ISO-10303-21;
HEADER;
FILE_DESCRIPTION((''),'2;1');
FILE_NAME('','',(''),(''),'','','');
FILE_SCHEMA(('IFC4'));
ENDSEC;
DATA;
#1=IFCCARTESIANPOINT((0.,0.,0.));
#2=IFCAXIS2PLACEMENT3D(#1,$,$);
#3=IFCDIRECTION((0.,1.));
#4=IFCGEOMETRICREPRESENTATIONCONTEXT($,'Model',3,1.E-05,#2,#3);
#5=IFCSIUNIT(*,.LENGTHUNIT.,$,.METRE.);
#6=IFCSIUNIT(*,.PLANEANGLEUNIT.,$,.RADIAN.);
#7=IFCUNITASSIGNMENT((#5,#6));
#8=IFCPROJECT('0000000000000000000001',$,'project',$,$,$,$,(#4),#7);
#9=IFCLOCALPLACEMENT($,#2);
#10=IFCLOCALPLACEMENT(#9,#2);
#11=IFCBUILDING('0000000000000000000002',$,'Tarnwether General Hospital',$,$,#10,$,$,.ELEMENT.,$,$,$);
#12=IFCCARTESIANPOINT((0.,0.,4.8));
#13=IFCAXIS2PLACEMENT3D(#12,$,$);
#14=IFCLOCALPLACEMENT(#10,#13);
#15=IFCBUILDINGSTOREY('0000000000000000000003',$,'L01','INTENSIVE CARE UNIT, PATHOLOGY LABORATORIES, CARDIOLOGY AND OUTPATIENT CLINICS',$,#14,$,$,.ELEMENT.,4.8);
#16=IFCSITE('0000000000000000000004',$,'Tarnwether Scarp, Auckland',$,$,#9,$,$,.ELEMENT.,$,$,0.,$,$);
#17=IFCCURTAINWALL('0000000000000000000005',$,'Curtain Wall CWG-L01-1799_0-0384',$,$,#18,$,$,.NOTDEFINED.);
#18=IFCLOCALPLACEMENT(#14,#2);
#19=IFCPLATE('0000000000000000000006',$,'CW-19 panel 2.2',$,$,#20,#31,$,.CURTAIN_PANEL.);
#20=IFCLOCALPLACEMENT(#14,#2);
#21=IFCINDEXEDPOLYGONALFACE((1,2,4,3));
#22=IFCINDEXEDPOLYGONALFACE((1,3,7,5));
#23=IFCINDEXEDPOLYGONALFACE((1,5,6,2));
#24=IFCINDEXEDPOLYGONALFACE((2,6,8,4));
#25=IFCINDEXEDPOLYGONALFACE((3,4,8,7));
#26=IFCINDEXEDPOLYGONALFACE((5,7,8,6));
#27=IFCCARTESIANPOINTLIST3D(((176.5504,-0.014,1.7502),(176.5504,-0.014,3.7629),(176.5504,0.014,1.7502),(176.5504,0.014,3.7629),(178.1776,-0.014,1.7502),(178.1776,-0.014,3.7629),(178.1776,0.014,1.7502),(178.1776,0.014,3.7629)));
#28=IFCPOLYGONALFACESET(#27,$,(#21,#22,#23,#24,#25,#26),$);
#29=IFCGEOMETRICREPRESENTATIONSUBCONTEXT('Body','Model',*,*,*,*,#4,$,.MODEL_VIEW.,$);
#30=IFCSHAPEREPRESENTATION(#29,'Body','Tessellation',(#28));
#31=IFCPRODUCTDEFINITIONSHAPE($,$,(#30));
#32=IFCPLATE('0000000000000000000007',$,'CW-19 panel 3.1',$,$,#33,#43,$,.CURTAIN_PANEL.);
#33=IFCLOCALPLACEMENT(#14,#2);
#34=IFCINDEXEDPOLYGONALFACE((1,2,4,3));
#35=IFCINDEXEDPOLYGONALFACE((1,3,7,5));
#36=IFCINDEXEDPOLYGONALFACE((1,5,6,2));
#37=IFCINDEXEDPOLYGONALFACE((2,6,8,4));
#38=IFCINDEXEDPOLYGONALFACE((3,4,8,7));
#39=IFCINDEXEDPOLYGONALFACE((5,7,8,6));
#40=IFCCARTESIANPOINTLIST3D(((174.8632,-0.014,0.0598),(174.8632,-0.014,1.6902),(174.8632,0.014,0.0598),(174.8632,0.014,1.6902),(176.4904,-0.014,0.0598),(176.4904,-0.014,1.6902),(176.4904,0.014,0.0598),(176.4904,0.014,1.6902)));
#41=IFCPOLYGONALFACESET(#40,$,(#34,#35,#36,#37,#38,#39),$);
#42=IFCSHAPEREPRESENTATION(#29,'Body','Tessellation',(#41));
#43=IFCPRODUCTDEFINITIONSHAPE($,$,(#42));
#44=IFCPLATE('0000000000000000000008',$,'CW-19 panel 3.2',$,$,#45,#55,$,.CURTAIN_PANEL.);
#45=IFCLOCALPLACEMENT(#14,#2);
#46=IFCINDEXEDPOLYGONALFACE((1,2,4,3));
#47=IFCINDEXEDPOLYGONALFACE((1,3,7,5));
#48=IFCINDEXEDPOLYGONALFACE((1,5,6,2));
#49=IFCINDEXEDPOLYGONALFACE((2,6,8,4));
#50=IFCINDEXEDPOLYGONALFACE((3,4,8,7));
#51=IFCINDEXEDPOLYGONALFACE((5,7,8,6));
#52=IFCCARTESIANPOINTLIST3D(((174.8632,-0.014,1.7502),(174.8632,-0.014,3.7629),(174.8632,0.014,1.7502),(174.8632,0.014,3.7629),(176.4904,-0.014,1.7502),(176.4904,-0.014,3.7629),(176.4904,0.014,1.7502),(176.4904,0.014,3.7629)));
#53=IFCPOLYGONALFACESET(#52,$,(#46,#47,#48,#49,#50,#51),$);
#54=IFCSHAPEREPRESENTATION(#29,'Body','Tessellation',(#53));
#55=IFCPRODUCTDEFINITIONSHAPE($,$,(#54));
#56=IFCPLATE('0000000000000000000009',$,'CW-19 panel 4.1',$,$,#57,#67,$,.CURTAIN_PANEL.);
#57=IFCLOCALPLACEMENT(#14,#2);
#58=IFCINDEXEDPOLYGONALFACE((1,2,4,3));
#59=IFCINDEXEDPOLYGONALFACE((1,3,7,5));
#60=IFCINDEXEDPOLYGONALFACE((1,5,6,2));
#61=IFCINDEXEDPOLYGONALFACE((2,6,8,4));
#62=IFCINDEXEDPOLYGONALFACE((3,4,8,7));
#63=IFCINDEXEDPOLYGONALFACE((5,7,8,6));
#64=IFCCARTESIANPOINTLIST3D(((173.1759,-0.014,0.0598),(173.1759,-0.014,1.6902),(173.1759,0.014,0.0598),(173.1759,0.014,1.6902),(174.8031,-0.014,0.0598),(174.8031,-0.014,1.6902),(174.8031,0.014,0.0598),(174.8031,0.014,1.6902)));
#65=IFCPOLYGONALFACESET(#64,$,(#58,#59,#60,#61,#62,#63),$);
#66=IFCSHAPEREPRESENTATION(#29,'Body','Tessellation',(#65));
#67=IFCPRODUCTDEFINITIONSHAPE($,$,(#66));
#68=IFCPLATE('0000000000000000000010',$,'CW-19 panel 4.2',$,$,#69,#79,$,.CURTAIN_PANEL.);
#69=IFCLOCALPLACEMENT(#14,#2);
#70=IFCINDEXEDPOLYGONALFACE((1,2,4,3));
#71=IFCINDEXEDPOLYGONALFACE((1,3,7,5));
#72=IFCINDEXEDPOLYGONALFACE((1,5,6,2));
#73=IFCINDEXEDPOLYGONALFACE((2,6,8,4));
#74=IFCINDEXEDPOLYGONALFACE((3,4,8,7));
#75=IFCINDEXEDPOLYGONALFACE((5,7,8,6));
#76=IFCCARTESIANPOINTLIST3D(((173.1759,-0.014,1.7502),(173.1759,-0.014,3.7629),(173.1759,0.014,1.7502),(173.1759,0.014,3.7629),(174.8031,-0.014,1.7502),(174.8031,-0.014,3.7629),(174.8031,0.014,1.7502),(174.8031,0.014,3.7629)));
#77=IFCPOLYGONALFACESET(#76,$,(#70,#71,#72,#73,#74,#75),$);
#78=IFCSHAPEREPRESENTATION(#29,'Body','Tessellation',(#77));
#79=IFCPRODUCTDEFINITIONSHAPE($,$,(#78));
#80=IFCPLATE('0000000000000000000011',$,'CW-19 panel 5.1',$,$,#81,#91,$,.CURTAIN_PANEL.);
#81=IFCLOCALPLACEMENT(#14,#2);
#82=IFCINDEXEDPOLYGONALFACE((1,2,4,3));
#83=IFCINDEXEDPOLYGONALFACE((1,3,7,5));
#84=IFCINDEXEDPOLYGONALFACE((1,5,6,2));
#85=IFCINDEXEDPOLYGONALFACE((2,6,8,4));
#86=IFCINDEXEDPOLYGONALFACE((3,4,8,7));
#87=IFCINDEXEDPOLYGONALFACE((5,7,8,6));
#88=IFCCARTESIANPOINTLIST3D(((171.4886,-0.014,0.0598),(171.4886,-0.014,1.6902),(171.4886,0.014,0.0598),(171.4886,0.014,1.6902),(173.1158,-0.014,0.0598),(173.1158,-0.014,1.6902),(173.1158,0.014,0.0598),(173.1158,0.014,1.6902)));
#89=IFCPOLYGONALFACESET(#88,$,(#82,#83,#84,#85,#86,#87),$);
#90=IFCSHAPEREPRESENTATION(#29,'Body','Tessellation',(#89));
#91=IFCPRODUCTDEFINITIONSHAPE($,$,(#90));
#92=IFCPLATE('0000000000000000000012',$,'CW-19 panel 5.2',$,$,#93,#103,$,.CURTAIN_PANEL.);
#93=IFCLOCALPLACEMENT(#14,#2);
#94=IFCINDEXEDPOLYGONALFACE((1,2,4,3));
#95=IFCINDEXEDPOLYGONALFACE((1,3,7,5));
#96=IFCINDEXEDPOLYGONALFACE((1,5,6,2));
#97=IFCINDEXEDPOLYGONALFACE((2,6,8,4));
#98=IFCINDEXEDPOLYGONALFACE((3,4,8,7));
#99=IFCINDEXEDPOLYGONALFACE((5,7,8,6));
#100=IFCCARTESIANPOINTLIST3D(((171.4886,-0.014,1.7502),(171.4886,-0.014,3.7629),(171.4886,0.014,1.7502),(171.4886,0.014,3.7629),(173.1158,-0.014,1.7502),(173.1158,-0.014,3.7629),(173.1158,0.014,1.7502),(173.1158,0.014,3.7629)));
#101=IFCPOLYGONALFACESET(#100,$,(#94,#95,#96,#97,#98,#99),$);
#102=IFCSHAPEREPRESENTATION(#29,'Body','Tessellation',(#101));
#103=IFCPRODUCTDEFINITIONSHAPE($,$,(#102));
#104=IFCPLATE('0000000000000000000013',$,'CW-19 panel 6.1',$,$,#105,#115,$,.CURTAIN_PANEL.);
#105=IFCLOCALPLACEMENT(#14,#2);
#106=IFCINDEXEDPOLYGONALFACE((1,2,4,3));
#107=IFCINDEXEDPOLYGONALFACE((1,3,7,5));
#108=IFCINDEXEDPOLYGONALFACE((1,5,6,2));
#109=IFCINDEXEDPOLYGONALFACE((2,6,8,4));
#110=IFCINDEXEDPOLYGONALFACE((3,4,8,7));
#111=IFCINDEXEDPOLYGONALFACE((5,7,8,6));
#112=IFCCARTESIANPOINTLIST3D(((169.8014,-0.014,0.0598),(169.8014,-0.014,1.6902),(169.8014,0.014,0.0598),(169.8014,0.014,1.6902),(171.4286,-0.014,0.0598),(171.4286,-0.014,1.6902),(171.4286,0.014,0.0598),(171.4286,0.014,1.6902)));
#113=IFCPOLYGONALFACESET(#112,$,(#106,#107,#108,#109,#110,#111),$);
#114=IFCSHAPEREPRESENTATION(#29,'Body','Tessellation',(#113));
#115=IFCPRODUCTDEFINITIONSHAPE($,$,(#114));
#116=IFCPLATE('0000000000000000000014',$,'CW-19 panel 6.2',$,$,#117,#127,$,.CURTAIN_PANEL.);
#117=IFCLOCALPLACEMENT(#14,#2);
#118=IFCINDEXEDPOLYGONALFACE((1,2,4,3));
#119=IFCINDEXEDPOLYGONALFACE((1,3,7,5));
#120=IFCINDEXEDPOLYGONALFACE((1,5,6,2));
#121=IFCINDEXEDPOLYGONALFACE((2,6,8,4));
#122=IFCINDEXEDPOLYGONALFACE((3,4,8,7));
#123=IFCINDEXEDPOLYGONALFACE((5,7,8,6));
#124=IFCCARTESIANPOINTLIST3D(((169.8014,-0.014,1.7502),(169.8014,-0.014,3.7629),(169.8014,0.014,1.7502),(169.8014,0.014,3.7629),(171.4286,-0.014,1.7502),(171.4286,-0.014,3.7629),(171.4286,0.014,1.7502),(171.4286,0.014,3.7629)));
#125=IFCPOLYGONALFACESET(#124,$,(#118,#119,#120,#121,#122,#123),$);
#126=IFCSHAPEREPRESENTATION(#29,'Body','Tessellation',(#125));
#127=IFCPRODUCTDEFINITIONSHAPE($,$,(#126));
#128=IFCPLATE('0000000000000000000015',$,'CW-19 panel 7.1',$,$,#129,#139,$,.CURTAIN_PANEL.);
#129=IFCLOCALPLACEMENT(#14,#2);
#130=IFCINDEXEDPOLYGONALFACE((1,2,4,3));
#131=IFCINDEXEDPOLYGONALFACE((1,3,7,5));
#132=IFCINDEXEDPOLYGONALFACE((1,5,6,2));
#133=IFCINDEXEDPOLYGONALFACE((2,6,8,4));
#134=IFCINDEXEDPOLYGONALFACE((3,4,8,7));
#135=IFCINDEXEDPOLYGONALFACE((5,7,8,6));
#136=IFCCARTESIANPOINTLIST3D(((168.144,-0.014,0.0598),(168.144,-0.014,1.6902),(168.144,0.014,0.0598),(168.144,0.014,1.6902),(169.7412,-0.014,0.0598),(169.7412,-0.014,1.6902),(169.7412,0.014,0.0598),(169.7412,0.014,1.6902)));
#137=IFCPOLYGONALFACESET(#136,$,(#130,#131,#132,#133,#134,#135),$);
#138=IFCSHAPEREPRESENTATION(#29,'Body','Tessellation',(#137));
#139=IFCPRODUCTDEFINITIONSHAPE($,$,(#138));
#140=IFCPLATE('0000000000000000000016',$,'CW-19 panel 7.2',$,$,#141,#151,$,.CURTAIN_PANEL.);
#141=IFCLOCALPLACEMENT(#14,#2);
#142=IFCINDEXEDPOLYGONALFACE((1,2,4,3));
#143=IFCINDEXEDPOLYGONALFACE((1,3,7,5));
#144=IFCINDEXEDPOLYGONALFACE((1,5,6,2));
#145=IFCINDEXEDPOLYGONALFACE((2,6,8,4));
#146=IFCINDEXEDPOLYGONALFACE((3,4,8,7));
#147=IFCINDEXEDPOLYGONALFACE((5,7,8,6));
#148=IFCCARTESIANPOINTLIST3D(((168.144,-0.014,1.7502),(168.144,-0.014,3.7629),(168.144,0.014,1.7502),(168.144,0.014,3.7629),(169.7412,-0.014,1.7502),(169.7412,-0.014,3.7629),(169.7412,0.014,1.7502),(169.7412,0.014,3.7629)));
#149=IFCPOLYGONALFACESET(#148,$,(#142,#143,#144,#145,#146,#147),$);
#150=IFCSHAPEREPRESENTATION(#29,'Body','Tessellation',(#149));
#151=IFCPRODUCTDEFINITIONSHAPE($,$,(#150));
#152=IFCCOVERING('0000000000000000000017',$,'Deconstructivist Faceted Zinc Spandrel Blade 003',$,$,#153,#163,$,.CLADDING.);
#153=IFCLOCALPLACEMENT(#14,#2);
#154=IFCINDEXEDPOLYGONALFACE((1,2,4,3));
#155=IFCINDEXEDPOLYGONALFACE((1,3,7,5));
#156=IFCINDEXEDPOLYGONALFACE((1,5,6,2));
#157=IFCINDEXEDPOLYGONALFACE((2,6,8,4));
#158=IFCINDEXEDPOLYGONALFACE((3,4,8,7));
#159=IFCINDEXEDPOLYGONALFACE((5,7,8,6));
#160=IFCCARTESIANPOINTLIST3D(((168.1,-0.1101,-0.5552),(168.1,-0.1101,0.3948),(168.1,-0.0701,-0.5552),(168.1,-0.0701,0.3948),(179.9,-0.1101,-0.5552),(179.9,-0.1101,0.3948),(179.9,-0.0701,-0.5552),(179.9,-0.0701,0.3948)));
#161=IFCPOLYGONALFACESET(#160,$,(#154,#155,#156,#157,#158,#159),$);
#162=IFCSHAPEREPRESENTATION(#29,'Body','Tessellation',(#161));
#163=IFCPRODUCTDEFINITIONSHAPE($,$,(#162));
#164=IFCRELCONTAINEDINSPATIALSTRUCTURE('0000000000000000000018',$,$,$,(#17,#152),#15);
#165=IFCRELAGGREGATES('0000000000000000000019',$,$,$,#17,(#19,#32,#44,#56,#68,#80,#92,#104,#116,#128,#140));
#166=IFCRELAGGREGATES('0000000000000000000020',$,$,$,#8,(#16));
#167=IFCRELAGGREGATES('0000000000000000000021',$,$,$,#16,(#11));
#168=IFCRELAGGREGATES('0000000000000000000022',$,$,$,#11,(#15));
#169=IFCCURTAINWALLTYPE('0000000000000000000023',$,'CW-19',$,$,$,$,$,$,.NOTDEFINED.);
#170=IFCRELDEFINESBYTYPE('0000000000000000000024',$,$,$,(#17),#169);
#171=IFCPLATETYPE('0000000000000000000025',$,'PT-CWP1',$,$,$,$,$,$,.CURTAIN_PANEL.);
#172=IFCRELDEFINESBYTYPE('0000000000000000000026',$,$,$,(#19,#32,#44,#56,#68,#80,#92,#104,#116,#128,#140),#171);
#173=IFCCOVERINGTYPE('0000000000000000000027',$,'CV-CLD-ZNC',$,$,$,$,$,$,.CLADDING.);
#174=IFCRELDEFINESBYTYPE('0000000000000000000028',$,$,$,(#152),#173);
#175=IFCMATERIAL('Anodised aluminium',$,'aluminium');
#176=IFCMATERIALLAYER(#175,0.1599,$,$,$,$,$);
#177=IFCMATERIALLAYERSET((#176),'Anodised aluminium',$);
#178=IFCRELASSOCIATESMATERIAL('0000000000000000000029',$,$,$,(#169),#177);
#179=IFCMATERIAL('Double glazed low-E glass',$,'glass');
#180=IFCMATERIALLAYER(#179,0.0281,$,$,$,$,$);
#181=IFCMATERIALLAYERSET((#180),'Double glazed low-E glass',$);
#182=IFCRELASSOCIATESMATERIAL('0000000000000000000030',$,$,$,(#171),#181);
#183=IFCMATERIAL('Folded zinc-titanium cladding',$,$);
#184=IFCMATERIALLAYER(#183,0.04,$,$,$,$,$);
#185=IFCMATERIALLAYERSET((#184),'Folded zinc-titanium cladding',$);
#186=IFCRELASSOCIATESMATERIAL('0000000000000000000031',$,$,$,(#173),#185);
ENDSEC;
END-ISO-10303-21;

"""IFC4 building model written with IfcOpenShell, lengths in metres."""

from ifc_helpers import new_model, si_unit, direction, frame, origin, origin_2d, place, context, subcontext, project, spatial, rectangle, extrude, material, layer, layer_set, type_object, element, aggregate, save


model = new_model("IFC4")

# Units and contexts
model_context = context("Model", 3, precision=1e-05, world=origin(), true_north=direction((0.0, 1.0)))
body_context = subcontext(model_context, "Body", "Model", "MODEL_VIEW")
ifc_project = project(units=[si_unit("LENGTHUNIT", "METRE"), si_unit("PLANEANGLEUNIT", "RADIAN")], contexts=[model_context])

# Site, building, storey
site_placement = place(None, origin())
site = spatial("IfcSite", under=ifc_project, at=site_placement, Name="Tarnwether Scarp, Auckland", CompositionType="ELEMENT", RefElevation=0.0)
building_placement = place(site_placement, origin())
building = spatial("IfcBuilding", under=site, at=building_placement, Name="Tarnwether General Hospital", CompositionType="ELEMENT")
storey_placement = place(building_placement, frame((0.0, 0.0, 4.8)))
storey = spatial("IfcBuildingStorey", under=building, at=storey_placement, Name="L01", Description="INTENSIVE CARE UNIT, PATHOLOGY LABORATORIES, CARDIOLOGY AND OUTPATIENT CLINICS", CompositionType="ELEMENT", Elevation=4.8)

# Curtain wall, plates
ifc_material_1 = material(Name="Anodised aluminium", Category="aluminium")
ifc_layer_1 = layer(ifc_material_1, 0.1599)
ifc_layer_set_1 = layer_set([ifc_layer_1], Name="Anodised aluminium")
curtain_wall_type = type_object("IfcCurtainWallType", Name="CW-19", PredefinedType="NOTDEFINED", material=ifc_layer_set_1)
curtain_wall_placement = place(storey_placement, origin())
curtain_wall = element("IfcCurtainWall", 1, at=curtain_wall_placement, inside=storey, type_object=curtain_wall_type, Name="Curtain Wall CWG-L01-1799_0-0384", PredefinedType="NOTDEFINED")
ifc_material_2 = material(Name="Double glazed low-E glass", Category="glass")
ifc_layer_2 = layer(ifc_material_2, 0.0281)
ifc_layer_set_2 = layer_set([ifc_layer_2], Name="Double glazed low-E glass")
plate_type = type_object("IfcPlateType", Name="PT-CWP1", PredefinedType="CURTAIN_PANEL", material=ifc_layer_set_2)
plate_1_placement = place(storey_placement, frame((177.364, 0.0, 1.7502), z_axis=(0.0, 0.0, 1.0), x_axis=(-1.0, 0.0, 0.0)))
plate_1 = element("IfcPlate", 2, at=plate_1_placement, type_object=plate_type, Name="CW-19 panel 2.2", PredefinedType="CURTAIN_PANEL", context=body_context, shape_type="SweptSolid", body=[
    extrude(rectangle(XDim=1.6272, YDim=0.0281, at=origin_2d()), origin(), (0.0, 0.0, 1.0), 2.0127),
])
plate_2_placement = place(storey_placement, frame((175.6768, 0.0, 0.0598), z_axis=(0.0, 0.0, 1.0), x_axis=(-1.0, 0.0, 0.0)))
plate_2 = element("IfcPlate", 3, at=plate_2_placement, type_object=plate_type, Name="CW-19 panel 3.1", PredefinedType="CURTAIN_PANEL", context=body_context, shape_type="SweptSolid", body=[
    extrude(rectangle(XDim=1.6272, YDim=0.0281, at=origin_2d()), origin(), (0.0, 0.0, 1.0), 1.6304),
])
plate_3_placement = place(storey_placement, frame((175.6768, 0.0, 1.7502), z_axis=(0.0, 0.0, 1.0), x_axis=(-1.0, 0.0, 0.0)))
plate_3 = element("IfcPlate", 4, at=plate_3_placement, type_object=plate_type, Name="CW-19 panel 3.2", PredefinedType="CURTAIN_PANEL", context=body_context, shape_type="SweptSolid", body=[
    extrude(rectangle(XDim=1.6272, YDim=0.0281, at=origin_2d()), origin(), (0.0, 0.0, 1.0), 2.0127),
])
plate_4_placement = place(storey_placement, frame((173.9895, 0.0, 0.0598), z_axis=(0.0, 0.0, 1.0), x_axis=(-1.0, 0.0, 0.0)))
plate_4 = element("IfcPlate", 5, at=plate_4_placement, type_object=plate_type, Name="CW-19 panel 4.1", PredefinedType="CURTAIN_PANEL", context=body_context, shape_type="SweptSolid", body=[
    extrude(rectangle(XDim=1.6272, YDim=0.0281, at=origin_2d()), origin(), (0.0, 0.0, 1.0), 1.6304),
])
plate_5_placement = place(storey_placement, frame((173.9895, 0.0, 1.7502), z_axis=(0.0, 0.0, 1.0), x_axis=(-1.0, 0.0, 0.0)))
plate_5 = element("IfcPlate", 6, at=plate_5_placement, type_object=plate_type, Name="CW-19 panel 4.2", PredefinedType="CURTAIN_PANEL", context=body_context, shape_type="SweptSolid", body=[
    extrude(rectangle(XDim=1.6272, YDim=0.0281, at=origin_2d()), origin(), (0.0, 0.0, 1.0), 2.0127),
])
plate_6_placement = place(storey_placement, frame((172.3022, 0.0, 0.0598), z_axis=(0.0, 0.0, 1.0), x_axis=(-1.0, 0.0, 0.0)))
plate_6 = element("IfcPlate", 7, at=plate_6_placement, type_object=plate_type, Name="CW-19 panel 5.1", PredefinedType="CURTAIN_PANEL", context=body_context, shape_type="SweptSolid", body=[
    extrude(rectangle(XDim=1.6272, YDim=0.0281, at=origin_2d()), origin(), (0.0, 0.0, 1.0), 1.6304),
])
plate_7_placement = place(storey_placement, frame((172.3022, 0.0, 1.7502), z_axis=(0.0, 0.0, 1.0), x_axis=(-1.0, 0.0, 0.0)))
plate_7 = element("IfcPlate", 8, at=plate_7_placement, type_object=plate_type, Name="CW-19 panel 5.2", PredefinedType="CURTAIN_PANEL", context=body_context, shape_type="SweptSolid", body=[
    extrude(rectangle(XDim=1.6272, YDim=0.0281, at=origin_2d()), origin(), (0.0, 0.0, 1.0), 2.0127),
])
plate_8_placement = place(storey_placement, frame((170.615, 0.0, 0.0598), z_axis=(0.0, 0.0, 1.0), x_axis=(-1.0, 0.0, 0.0)))
plate_8 = element("IfcPlate", 9, at=plate_8_placement, type_object=plate_type, Name="CW-19 panel 6.1", PredefinedType="CURTAIN_PANEL", context=body_context, shape_type="SweptSolid", body=[
    extrude(rectangle(XDim=1.6272, YDim=0.0281, at=origin_2d()), origin(), (0.0, 0.0, 1.0), 1.6304),
])
plate_9_placement = place(storey_placement, frame((170.615, 0.0, 1.7502), z_axis=(0.0, 0.0, 1.0), x_axis=(-1.0, 0.0, 0.0)))
plate_9 = element("IfcPlate", 10, at=plate_9_placement, type_object=plate_type, Name="CW-19 panel 6.2", PredefinedType="CURTAIN_PANEL", context=body_context, shape_type="SweptSolid", body=[
    extrude(rectangle(XDim=1.6272, YDim=0.0281, at=origin_2d()), origin(), (0.0, 0.0, 1.0), 2.0127),
])
plate_10_placement = place(storey_placement, frame((168.9426, 0.0, 0.0598), z_axis=(0.0, 0.0, 1.0), x_axis=(-1.0, 0.0, 0.0)))
plate_10 = element("IfcPlate", 11, at=plate_10_placement, type_object=plate_type, Name="CW-19 panel 7.1", PredefinedType="CURTAIN_PANEL", context=body_context, shape_type="SweptSolid", body=[
    extrude(rectangle(XDim=1.5972, YDim=0.0281, at=origin_2d()), origin(), (0.0, 0.0, 1.0), 1.6304),
])
plate_11_placement = place(storey_placement, frame((168.9426, 0.0, 1.7502), z_axis=(0.0, 0.0, 1.0), x_axis=(-1.0, 0.0, 0.0)))
plate_11 = element("IfcPlate", 12, at=plate_11_placement, type_object=plate_type, Name="CW-19 panel 7.2", PredefinedType="CURTAIN_PANEL", context=body_context, shape_type="SweptSolid", body=[
    extrude(rectangle(XDim=1.5972, YDim=0.0281, at=origin_2d()), origin(), (0.0, 0.0, 1.0), 2.0127),
])
aggregate(curtain_wall, [plate_1, plate_2, plate_3, plate_4, plate_5, plate_6, plate_7, plate_8, plate_9, plate_10, plate_11])

# Covering
ifc_material_3 = material(Name="Folded zinc-titanium cladding")
ifc_layer_3 = layer(ifc_material_3, 0.04)
ifc_layer_set_3 = layer_set([ifc_layer_3], Name="Folded zinc-titanium cladding")
covering_type = type_object("IfcCoveringType", Name="CV-CLD-ZNC", PredefinedType="CLADDING", material=ifc_layer_set_3)
covering_placement = place(storey_placement, frame((174.0, -0.0901, -0.5552), z_axis=(0.0, 0.0, 1.0), x_axis=(1.0, 0.0, 0.0)))
element("IfcCovering", 13, at=covering_placement, inside=storey, type_object=covering_type, Name="Deconstructivist Faceted Zinc Spandrel Blade 003", PredefinedType="CLADDING", context=body_context, shape_type="SweptSolid", body=[
    extrude(rectangle(XDim=11.8, YDim=0.04, at=origin_2d()), origin(), (0.0, 0.0, 1.0), 0.95),
])

save(model, "model.ifc")
